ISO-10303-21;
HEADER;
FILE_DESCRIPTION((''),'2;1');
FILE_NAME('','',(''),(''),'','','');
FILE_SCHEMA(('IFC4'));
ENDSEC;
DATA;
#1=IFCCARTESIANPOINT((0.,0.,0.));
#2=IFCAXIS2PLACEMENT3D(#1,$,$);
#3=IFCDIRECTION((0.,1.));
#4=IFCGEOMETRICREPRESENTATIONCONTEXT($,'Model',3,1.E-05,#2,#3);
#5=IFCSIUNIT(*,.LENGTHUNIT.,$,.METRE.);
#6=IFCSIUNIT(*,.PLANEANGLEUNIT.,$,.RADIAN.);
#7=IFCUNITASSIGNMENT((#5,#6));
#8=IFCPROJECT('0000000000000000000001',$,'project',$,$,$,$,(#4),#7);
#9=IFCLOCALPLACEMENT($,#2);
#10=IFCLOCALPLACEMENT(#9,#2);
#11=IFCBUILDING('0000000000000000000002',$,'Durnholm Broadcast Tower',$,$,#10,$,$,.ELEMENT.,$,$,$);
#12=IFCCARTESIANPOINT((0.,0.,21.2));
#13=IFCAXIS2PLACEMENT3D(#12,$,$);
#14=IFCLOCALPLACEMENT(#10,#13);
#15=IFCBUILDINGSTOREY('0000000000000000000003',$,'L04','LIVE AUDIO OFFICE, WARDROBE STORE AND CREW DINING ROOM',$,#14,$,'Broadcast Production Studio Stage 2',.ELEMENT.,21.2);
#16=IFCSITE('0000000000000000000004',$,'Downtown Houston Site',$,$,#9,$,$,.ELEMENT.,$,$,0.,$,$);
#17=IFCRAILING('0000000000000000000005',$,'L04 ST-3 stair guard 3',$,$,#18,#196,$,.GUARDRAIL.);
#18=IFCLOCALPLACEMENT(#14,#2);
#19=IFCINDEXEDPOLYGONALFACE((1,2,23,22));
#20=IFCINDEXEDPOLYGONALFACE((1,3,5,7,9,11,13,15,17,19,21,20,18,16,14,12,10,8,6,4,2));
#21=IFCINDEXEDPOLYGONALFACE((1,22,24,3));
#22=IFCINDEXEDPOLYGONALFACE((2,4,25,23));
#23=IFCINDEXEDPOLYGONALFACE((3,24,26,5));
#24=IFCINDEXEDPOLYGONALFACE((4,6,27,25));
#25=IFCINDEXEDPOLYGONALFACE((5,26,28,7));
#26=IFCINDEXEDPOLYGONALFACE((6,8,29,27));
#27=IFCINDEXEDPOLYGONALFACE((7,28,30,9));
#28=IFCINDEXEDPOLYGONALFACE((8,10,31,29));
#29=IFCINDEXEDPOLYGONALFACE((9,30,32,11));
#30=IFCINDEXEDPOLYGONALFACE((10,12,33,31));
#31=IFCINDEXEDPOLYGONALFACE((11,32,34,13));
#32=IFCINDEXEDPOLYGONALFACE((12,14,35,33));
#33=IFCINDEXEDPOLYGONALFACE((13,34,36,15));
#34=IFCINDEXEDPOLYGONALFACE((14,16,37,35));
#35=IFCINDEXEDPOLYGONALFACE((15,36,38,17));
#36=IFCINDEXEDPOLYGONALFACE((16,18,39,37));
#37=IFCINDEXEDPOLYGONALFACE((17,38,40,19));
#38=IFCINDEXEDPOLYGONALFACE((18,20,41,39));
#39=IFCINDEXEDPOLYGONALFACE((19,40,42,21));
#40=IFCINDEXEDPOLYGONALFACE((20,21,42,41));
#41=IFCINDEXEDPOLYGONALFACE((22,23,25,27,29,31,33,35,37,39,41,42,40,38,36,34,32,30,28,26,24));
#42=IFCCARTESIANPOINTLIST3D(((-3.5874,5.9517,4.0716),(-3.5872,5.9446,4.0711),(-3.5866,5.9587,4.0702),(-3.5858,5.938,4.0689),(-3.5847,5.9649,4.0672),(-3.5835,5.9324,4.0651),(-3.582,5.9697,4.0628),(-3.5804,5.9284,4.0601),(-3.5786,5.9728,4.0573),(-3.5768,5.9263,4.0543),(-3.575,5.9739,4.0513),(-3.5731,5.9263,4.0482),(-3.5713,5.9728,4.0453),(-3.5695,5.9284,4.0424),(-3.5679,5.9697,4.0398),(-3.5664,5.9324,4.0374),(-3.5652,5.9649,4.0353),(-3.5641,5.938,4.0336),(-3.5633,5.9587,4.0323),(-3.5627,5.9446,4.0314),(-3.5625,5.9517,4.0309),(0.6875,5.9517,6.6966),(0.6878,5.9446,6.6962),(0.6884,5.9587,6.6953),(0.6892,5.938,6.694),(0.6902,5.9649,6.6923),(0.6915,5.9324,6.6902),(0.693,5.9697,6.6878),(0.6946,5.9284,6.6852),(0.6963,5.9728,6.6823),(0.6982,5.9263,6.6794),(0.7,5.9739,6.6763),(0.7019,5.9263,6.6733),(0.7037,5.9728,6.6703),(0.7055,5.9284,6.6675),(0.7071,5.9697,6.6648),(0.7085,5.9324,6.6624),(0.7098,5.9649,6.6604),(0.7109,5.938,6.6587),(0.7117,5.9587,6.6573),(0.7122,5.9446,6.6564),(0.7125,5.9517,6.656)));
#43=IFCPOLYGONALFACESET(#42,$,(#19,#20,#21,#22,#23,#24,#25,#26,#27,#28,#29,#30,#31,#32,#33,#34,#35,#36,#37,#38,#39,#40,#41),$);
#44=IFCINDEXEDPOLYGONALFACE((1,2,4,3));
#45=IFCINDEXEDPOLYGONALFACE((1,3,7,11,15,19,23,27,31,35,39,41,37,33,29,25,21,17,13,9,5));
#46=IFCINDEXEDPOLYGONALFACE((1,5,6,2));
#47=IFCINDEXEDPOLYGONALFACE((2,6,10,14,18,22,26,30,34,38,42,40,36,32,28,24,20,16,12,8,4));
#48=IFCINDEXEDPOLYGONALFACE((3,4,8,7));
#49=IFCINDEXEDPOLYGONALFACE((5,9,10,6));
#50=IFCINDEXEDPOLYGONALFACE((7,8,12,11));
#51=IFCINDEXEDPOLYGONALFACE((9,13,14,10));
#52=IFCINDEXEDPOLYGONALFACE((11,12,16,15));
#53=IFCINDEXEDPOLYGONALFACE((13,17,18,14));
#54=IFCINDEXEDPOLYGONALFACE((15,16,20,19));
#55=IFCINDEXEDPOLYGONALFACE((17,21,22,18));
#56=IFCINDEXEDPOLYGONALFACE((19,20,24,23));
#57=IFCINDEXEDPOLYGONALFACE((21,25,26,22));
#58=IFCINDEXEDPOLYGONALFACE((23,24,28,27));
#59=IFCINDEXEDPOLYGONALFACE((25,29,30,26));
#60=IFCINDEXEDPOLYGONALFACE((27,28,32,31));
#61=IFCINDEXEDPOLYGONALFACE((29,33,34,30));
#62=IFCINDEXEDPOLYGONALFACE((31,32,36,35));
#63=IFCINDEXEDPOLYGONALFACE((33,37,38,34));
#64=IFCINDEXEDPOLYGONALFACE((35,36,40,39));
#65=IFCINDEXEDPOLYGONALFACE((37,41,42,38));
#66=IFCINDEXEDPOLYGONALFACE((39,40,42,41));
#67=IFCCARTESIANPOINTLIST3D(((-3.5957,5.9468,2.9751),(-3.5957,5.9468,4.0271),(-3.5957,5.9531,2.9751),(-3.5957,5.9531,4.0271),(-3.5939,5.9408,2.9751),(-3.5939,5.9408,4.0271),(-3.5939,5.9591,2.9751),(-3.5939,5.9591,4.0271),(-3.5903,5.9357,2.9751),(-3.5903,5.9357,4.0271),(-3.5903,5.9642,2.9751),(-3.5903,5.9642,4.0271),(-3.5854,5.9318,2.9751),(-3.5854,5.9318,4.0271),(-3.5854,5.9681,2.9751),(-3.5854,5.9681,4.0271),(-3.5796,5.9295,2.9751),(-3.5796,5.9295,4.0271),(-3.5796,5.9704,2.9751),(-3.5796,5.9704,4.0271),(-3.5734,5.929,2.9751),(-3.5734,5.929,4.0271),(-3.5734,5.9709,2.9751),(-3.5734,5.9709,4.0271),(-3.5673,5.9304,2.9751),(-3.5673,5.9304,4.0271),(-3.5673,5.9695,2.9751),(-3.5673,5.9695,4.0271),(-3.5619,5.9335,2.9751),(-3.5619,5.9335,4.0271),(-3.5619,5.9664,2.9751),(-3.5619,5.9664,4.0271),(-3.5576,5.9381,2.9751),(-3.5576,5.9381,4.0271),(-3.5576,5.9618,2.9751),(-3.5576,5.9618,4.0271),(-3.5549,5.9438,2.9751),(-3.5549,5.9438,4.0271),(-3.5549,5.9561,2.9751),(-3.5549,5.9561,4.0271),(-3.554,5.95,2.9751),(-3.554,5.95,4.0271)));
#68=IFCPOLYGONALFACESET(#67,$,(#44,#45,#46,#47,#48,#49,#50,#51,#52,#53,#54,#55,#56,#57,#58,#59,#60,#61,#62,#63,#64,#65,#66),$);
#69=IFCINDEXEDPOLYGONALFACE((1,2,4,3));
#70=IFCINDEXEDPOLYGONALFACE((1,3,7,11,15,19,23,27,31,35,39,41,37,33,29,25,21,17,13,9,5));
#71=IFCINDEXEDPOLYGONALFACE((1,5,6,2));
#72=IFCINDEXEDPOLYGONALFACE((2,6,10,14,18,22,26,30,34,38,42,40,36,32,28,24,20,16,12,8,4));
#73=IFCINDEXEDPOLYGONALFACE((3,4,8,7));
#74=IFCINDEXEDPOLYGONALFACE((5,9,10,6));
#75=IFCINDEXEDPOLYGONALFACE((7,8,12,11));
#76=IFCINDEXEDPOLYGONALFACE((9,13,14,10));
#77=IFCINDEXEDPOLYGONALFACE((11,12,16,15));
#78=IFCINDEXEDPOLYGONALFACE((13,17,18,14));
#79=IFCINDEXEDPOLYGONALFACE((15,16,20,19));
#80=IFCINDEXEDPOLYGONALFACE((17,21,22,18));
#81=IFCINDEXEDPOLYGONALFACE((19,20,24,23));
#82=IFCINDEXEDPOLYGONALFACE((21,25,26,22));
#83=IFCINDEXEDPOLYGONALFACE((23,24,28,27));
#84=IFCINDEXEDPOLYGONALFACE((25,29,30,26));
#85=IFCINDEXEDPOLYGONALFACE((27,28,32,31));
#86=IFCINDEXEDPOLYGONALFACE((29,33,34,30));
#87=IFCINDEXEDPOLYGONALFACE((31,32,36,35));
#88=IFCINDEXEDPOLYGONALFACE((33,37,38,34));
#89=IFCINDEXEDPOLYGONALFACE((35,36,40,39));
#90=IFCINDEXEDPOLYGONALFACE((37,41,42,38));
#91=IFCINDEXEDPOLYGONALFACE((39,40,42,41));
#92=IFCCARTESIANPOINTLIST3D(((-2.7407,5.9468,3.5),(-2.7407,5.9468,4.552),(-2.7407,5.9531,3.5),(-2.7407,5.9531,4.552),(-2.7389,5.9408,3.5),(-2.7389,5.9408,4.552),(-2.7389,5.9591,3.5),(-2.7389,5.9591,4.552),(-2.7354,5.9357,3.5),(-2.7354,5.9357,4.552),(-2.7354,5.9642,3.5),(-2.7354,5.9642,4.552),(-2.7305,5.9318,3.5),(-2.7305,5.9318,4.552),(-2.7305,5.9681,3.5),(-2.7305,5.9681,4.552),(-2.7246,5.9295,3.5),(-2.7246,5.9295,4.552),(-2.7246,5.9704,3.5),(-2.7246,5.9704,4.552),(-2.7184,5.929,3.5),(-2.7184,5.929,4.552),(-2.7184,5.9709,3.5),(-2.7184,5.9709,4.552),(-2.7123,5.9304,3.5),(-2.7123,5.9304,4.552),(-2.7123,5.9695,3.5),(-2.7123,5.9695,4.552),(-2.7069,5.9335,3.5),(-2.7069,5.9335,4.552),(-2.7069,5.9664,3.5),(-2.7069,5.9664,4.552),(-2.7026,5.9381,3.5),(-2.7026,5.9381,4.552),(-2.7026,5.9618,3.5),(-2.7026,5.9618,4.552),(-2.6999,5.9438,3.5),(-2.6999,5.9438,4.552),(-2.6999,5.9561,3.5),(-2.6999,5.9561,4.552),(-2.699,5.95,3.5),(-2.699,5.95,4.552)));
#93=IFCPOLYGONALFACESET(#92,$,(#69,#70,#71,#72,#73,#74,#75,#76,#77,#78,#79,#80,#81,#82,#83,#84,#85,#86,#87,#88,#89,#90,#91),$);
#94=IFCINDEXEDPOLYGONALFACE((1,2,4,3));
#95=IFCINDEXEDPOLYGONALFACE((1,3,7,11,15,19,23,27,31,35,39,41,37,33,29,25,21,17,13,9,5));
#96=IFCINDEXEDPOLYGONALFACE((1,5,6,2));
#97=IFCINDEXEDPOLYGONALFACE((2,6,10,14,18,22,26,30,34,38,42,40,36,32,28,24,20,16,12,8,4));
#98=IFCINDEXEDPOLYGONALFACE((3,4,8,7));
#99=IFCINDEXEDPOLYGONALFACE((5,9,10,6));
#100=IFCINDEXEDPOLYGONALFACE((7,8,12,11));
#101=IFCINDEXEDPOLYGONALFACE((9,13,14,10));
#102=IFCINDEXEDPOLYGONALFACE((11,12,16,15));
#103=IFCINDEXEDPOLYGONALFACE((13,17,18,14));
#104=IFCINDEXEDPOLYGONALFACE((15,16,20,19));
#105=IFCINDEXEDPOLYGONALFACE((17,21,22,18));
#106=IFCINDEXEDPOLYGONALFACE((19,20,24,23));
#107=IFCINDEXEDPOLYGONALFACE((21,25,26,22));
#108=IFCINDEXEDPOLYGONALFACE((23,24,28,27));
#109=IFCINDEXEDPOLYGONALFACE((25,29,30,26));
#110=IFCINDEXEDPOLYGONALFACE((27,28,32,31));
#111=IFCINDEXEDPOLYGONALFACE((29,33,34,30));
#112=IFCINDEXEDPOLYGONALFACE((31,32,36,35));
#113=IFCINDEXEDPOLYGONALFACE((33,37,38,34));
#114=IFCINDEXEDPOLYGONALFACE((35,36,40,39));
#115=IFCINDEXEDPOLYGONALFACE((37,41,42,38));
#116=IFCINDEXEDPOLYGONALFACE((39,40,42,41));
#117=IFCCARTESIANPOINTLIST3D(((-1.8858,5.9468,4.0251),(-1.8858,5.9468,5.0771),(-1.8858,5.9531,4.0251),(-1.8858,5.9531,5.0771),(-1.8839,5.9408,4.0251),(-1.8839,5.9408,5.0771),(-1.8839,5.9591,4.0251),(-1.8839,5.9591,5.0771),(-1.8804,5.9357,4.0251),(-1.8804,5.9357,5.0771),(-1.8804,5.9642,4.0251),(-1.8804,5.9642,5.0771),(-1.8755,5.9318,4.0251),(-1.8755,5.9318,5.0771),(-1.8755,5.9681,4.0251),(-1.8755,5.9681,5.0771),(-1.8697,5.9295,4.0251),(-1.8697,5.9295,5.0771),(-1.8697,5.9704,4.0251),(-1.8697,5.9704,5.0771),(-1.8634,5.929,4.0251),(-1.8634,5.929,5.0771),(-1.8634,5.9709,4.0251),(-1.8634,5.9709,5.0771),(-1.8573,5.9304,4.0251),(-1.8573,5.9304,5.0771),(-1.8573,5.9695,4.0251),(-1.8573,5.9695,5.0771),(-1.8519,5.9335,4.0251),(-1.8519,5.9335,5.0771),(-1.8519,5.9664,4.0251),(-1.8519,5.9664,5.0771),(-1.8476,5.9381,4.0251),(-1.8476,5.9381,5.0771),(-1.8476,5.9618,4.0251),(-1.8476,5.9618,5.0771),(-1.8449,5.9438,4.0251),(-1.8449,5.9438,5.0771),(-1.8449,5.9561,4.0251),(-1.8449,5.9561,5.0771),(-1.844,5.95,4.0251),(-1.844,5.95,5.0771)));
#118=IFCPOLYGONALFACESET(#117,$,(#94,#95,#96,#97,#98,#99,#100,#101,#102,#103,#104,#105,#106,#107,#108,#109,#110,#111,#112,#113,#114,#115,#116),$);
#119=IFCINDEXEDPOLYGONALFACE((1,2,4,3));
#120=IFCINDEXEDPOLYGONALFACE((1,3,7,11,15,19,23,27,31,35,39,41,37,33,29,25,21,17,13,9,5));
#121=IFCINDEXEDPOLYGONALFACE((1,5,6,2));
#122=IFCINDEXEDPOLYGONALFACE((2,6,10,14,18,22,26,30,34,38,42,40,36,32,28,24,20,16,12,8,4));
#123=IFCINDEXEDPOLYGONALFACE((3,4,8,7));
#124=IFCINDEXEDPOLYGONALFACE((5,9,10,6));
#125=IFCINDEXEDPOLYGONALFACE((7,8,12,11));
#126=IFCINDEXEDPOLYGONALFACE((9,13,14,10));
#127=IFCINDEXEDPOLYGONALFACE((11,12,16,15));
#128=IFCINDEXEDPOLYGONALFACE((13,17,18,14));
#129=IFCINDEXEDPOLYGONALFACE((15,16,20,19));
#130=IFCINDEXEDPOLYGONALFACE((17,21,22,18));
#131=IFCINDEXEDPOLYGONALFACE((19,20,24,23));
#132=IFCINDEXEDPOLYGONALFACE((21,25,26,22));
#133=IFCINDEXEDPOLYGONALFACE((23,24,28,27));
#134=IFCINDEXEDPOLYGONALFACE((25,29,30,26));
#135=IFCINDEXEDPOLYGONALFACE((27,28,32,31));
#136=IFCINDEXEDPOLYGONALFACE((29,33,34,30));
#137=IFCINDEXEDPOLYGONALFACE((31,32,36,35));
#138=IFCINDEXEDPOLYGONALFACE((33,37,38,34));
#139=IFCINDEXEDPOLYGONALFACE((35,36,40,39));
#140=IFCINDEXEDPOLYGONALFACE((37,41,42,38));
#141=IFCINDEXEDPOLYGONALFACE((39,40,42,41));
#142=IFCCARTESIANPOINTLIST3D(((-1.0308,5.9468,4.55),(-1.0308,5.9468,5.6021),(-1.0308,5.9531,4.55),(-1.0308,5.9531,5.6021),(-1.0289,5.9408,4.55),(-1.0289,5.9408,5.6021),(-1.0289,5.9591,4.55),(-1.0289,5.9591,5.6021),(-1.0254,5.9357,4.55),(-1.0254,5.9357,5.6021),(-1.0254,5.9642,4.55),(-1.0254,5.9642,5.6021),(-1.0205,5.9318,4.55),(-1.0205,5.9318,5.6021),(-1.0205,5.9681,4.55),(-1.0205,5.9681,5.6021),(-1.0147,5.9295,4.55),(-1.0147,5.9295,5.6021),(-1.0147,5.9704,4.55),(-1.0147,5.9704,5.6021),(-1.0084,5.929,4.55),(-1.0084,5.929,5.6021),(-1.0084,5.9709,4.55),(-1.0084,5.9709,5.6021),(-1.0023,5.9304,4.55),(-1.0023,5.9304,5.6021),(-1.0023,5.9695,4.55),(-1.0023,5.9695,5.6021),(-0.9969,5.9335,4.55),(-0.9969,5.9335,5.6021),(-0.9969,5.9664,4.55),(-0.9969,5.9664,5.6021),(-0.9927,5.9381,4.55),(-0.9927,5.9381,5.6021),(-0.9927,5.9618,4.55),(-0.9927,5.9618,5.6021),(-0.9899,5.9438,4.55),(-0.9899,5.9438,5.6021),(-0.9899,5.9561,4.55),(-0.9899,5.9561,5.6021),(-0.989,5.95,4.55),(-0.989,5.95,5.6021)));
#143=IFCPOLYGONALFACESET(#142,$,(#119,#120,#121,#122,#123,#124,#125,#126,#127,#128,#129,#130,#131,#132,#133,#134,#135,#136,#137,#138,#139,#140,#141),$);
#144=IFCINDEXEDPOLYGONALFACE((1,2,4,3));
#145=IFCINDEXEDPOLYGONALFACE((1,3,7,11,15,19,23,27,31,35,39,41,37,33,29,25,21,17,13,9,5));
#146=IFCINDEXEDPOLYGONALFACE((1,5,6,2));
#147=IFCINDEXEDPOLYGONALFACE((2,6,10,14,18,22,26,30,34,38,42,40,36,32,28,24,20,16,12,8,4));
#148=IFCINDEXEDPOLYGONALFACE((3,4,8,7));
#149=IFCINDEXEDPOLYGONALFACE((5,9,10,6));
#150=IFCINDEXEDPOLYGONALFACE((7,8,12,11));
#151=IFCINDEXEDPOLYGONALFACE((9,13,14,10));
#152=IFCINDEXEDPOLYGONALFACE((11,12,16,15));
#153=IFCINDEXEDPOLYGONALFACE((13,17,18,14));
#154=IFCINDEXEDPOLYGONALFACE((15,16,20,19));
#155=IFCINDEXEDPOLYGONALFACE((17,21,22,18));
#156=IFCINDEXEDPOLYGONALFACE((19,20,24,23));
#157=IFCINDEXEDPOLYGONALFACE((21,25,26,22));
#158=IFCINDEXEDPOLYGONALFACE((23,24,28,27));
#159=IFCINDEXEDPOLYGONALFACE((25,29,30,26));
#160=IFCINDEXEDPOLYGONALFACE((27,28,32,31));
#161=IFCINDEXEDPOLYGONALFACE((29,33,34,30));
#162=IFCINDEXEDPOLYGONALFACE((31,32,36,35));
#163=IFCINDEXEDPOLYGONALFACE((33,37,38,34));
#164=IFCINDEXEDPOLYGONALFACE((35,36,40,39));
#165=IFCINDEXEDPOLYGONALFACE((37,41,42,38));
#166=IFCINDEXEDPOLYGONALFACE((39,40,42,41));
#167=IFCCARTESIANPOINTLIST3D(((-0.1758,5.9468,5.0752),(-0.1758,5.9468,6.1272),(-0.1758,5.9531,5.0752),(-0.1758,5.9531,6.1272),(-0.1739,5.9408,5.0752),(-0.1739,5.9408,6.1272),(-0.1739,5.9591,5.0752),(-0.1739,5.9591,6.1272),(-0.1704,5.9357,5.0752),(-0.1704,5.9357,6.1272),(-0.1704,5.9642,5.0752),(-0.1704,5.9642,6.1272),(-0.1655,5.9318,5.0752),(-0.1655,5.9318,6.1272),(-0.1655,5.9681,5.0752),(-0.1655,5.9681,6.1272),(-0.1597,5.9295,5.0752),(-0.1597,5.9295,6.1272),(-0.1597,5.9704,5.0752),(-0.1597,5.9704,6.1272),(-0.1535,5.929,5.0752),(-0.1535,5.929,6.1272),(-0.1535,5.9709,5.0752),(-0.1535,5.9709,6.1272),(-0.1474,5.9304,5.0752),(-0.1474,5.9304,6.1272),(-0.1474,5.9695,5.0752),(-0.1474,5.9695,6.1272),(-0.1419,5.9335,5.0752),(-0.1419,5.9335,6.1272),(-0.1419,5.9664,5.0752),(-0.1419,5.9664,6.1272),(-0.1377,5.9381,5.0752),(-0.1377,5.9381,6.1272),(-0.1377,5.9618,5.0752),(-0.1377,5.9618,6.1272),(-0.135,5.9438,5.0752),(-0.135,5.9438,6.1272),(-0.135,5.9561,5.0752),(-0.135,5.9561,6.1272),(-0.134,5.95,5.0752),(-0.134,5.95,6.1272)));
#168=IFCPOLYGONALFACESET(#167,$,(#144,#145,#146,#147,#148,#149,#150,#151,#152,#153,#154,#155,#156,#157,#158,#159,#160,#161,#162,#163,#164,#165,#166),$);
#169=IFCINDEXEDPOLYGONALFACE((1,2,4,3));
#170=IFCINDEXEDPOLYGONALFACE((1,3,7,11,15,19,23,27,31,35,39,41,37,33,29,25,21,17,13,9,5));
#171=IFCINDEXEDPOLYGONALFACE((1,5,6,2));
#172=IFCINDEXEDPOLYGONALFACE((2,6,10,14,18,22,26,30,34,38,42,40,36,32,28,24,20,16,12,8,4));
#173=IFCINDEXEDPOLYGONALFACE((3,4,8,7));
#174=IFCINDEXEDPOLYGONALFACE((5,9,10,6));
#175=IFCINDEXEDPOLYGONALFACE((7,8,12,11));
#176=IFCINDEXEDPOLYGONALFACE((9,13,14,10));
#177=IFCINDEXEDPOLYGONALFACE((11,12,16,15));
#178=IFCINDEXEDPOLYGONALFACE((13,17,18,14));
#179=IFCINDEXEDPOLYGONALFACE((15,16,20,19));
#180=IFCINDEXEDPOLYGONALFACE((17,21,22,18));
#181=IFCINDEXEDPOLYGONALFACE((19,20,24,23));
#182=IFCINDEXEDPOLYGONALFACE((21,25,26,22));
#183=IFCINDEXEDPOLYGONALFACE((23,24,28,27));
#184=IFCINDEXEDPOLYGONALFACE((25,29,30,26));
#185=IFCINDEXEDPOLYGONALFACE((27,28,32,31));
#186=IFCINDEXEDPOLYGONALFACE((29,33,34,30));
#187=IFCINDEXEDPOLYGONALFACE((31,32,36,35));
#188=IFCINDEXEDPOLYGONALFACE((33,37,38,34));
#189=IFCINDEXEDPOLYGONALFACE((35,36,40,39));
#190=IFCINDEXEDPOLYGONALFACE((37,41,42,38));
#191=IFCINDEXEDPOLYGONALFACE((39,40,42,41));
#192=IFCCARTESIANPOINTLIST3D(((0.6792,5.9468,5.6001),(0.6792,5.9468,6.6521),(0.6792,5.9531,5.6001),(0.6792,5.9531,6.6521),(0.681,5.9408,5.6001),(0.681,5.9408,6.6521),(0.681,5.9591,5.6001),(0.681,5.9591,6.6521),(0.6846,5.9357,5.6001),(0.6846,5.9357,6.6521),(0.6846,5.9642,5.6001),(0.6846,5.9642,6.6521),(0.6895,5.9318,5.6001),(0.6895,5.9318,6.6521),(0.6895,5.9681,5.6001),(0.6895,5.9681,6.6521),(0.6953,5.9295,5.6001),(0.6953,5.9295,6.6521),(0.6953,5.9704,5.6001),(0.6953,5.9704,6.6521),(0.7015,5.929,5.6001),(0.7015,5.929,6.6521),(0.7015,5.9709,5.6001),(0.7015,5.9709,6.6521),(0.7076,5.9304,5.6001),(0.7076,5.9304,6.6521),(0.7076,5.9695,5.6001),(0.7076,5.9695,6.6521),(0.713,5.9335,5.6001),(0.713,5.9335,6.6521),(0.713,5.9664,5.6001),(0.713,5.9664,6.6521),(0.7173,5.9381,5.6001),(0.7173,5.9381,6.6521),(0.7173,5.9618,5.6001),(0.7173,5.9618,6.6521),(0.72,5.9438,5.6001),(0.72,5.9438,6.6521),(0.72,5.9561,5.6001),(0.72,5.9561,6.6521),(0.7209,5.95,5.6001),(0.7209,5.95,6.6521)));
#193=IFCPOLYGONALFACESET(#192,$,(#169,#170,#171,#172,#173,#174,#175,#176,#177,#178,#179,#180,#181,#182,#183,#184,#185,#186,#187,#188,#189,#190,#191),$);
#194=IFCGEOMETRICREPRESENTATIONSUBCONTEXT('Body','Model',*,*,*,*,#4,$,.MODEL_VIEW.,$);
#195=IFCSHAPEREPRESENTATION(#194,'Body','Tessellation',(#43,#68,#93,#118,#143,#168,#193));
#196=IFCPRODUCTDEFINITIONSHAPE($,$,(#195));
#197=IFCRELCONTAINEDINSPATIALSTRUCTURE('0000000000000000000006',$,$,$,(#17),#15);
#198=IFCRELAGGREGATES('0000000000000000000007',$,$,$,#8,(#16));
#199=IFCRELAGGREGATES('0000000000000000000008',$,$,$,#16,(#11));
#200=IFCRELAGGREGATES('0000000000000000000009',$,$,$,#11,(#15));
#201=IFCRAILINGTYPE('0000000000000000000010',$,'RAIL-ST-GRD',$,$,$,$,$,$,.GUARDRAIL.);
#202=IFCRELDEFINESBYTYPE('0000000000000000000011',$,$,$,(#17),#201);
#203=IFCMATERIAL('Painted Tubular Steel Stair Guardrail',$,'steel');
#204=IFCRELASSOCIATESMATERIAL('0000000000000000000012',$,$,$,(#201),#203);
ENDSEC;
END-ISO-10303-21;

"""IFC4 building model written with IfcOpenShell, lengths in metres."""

from ifc_helpers import new_model, si_unit, direction, frame, origin, origin_2d, place, context, subcontext, project, spatial, circle, extrude, material, type_object, element, save


model = new_model("IFC4")

# Units and contexts
model_context = context("Model", 3, precision=1e-05, world=origin(), true_north=direction((0.0, 1.0)))
body_context = subcontext(model_context, "Body", "Model", "MODEL_VIEW")
ifc_project = project(units=[si_unit("LENGTHUNIT", "METRE"), si_unit("PLANEANGLEUNIT", "RADIAN")], contexts=[model_context])

# Site, building, storey
site_placement = place(None, origin())
site = spatial("IfcSite", under=ifc_project, at=site_placement, Name="Downtown Houston Site", CompositionType="ELEMENT", RefElevation=0.0)
building_placement = place(site_placement, origin())
building = spatial("IfcBuilding", under=site, at=building_placement, Name="Durnholm Broadcast Tower", CompositionType="ELEMENT")
storey_placement = place(building_placement, frame((0.0, 0.0, 21.2)))
storey = spatial("IfcBuildingStorey", under=building, at=storey_placement, Name="L04", Description="LIVE AUDIO OFFICE, WARDROBE STORE AND CREW DINING ROOM", LongName="Broadcast Production Studio Stage 2", CompositionType="ELEMENT", Elevation=21.2)

# Railing
ifc_material_1 = material(Name="Painted Tubular Steel Stair Guardrail", Category="steel")
railing_type_1 = type_object("IfcRailingType", Name="RAIL-ST-GRD", PredefinedType="GUARDRAIL", material=ifc_material_1)
railing_1_placement = place(storey_placement, frame((-3.575, 5.95, 2.9751)))
element("IfcRailing", 1, at=railing_1_placement, inside=storey, type_object=railing_type_1, Name="L04 ST-3 stair guard 3", PredefinedType="GUARDRAIL", context=body_context, shape_type="SweptSolid", body=[
    extrude(circle(Radius=0.0239, at=origin_2d()), frame((0.0, 0.0, 1.0762), z_axis=(0.852166, 0.0, 0.523272), x_axis=(0.0, 1.0, 0.0)), (0.0, 0.0, 1.0), 5.0166),
    extrude(circle(Radius=0.021, at=origin_2d()), origin(), (0.0, 0.0, 1.0), 1.052),
    extrude(circle(Radius=0.021, at=origin_2d()), frame((0.855, 0.0, 0.5249)), (0.0, 0.0, 1.0), 1.052),
    extrude(circle(Radius=0.021, at=origin_2d()), frame((1.71, 0.0, 1.05)), (0.0, 0.0, 1.0), 1.052),
    extrude(circle(Radius=0.021, at=origin_2d()), frame((2.5649, 0.0, 1.575)), (0.0, 0.0, 1.0), 1.052),
    extrude(circle(Radius=0.021, at=origin_2d()), frame((3.4199, 0.0, 2.1001)), (0.0, 0.0, 1.0), 1.052),
    extrude(circle(Radius=0.021, at=origin_2d()), frame((4.2749, 0.0, 2.625)), (0.0, 0.0, 1.0), 1.052),
])

save(model, "model.ifc")
